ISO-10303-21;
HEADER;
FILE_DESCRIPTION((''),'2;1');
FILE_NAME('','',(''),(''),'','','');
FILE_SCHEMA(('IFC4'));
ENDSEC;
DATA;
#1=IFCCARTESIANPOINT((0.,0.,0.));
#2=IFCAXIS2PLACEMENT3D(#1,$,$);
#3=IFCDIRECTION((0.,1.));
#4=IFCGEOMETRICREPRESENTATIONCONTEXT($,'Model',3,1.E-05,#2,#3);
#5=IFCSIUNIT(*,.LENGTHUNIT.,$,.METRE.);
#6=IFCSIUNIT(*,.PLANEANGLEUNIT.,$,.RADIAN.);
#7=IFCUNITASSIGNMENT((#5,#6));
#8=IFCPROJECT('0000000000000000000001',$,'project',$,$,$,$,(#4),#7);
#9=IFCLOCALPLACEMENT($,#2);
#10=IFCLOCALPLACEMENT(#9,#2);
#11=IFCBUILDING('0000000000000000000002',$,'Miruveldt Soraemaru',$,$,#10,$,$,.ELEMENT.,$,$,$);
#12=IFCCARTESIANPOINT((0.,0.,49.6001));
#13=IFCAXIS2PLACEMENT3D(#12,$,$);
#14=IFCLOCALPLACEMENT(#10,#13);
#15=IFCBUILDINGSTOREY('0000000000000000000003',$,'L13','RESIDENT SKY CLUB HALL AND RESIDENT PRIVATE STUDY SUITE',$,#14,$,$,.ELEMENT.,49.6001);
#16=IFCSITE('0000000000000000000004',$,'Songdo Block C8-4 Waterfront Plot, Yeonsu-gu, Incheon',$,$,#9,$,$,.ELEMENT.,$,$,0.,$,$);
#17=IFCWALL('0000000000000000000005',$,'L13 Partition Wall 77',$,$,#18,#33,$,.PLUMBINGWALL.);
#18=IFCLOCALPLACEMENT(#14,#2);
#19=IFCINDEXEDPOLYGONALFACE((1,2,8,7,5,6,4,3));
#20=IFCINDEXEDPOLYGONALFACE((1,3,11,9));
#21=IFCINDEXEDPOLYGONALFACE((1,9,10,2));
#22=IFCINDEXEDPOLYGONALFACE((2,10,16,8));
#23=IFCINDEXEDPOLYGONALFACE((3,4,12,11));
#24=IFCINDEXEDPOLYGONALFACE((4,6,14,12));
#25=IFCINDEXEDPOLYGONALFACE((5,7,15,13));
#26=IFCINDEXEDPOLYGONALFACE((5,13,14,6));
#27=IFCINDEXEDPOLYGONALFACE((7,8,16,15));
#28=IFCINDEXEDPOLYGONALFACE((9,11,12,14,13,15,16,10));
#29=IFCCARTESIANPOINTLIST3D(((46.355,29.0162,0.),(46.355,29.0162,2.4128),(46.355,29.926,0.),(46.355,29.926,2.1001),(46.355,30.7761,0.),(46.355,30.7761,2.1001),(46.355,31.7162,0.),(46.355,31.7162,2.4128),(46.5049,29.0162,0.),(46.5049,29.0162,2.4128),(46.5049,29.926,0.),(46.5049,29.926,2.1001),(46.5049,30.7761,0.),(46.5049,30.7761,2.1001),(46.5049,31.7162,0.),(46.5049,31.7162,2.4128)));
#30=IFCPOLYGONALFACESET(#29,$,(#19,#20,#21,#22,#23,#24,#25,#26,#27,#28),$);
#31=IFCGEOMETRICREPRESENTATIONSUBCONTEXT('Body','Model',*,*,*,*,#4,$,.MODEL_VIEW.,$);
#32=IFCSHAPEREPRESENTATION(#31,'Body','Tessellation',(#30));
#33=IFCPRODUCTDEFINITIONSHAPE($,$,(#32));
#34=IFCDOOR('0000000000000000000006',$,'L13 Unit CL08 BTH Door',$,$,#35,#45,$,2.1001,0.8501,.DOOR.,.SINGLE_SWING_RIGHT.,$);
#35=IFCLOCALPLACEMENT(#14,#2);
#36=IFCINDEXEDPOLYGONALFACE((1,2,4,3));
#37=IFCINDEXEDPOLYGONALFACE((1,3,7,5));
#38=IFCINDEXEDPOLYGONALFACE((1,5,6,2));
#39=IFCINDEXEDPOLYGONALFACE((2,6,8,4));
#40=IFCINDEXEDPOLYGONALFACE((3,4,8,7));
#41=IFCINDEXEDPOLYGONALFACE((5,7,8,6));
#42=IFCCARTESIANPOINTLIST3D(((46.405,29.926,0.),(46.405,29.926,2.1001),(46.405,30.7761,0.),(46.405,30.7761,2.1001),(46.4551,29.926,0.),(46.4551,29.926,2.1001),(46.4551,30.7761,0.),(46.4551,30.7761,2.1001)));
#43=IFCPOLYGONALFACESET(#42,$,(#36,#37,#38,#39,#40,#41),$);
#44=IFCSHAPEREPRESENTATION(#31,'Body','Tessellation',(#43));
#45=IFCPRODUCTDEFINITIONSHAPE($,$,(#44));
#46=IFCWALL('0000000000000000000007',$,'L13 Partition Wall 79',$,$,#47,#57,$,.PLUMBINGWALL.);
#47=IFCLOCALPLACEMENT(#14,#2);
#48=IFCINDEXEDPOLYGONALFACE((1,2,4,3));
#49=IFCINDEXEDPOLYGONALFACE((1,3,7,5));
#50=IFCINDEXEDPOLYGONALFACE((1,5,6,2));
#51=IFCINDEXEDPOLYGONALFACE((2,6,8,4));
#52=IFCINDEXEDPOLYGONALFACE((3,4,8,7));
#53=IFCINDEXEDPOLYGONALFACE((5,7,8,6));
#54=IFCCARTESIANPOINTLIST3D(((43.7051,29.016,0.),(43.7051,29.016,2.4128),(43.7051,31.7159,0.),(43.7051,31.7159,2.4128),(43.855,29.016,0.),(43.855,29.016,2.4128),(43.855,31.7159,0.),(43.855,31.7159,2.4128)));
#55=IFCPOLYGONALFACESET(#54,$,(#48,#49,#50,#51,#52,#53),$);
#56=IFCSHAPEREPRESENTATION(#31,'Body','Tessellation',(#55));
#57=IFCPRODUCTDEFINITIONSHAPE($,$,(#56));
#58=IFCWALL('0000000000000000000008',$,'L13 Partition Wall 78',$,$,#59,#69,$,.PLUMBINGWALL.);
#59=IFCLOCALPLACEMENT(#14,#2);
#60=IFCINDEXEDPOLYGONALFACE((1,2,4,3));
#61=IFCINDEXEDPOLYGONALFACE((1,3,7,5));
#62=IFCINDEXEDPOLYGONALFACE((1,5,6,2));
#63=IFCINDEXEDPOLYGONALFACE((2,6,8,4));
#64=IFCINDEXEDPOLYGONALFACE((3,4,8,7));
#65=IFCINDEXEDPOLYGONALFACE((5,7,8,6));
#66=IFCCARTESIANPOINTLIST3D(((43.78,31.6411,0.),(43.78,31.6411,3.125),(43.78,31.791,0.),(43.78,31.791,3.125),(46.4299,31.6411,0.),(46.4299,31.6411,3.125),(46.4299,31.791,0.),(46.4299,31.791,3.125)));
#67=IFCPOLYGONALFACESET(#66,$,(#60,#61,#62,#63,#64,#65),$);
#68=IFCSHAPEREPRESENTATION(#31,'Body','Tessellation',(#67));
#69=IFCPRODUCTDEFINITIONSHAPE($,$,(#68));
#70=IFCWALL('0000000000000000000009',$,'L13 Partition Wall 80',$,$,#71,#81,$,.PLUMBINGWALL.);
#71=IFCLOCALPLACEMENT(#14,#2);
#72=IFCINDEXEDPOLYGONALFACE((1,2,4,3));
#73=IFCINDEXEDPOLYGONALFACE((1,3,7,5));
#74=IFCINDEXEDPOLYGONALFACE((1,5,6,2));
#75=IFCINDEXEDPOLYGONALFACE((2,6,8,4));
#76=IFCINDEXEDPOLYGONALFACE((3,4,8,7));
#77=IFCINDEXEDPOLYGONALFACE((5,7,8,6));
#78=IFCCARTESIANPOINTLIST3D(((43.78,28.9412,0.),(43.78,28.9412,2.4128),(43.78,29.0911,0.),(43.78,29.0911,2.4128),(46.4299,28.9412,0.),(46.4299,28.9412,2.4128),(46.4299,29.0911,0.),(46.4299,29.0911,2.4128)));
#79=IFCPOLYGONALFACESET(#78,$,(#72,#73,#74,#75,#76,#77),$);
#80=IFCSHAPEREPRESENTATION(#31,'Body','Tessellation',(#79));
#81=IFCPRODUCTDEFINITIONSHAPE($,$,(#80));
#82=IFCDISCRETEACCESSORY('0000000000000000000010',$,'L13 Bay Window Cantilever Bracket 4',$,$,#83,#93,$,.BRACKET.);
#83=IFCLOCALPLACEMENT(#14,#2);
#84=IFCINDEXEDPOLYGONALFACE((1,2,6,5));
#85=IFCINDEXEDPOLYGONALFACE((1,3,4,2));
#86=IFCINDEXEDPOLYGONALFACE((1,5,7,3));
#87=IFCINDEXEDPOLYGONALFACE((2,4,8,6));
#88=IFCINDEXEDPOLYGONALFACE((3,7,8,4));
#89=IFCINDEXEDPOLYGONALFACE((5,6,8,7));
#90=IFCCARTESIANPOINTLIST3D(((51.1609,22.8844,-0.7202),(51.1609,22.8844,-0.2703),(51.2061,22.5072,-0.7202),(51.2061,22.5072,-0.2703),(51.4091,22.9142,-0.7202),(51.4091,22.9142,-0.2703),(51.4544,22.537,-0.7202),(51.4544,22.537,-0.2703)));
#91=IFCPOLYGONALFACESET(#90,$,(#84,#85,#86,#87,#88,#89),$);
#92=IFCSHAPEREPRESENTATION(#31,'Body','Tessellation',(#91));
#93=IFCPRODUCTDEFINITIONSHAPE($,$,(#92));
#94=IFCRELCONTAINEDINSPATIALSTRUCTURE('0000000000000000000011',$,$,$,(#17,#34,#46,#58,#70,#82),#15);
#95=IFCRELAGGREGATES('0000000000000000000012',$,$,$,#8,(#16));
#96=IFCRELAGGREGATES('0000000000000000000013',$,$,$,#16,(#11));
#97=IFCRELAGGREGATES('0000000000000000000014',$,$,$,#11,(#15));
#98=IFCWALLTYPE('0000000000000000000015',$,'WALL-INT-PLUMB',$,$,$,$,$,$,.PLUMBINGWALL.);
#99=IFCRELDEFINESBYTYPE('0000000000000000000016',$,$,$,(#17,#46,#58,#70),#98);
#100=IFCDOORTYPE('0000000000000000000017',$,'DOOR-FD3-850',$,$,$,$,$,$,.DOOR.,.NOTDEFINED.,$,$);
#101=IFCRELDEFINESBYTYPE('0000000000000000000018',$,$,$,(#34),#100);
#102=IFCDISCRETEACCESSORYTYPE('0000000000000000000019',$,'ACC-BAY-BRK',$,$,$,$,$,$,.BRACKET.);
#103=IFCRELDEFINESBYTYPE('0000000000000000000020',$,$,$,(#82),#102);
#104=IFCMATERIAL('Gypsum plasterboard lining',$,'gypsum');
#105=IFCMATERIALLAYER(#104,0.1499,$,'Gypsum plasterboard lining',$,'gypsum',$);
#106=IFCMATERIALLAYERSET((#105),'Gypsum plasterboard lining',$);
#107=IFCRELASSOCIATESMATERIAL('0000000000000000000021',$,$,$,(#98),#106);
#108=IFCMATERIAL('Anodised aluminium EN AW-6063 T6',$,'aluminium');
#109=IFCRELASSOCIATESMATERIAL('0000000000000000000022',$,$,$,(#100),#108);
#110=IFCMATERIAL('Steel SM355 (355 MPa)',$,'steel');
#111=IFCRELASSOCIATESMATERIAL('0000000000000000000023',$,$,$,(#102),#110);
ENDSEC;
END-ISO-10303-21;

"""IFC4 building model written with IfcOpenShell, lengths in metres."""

from ifc_helpers import new_model, si_unit, direction, frame, frame_2d, origin, origin_2d, place, context, subcontext, project, spatial, rectangle, extrude, material, layer, layer_set, type_object, element, fill, save


model = new_model("IFC4")

# Units and contexts
model_context = context("Model", 3, precision=1e-05, world=origin(), true_north=direction((0.0, 1.0)))
body_context = subcontext(model_context, "Body", "Model", "MODEL_VIEW")
ifc_project = project(units=[si_unit("LENGTHUNIT", "METRE"), si_unit("PLANEANGLEUNIT", "RADIAN")], contexts=[model_context])

# Site, building, storey
site_placement = place(None, origin())
site = spatial("IfcSite", under=ifc_project, at=site_placement, Name="Songdo Block C8-4 Waterfront Plot, Yeonsu-gu, Incheon", CompositionType="ELEMENT", RefElevation=0.0)
building_placement = place(site_placement, origin())
building = spatial("IfcBuilding", under=site, at=building_placement, Name="Miruveldt Soraemaru", CompositionType="ELEMENT")
storey_placement = place(building_placement, frame((0.0, 0.0, 49.6001)))
storey = spatial("IfcBuildingStorey", under=building, at=storey_placement, Name="L13", Description="RESIDENT SKY CLUB HALL AND RESIDENT PRIVATE STUDY SUITE", CompositionType="ELEMENT", Elevation=49.6001)

# Shared definitions
ifc_material_1 = material(Name="Steel SM355 (355 MPa)", Category="steel")

# Wall, opening, door
ifc_material_2 = material(Name="Gypsum plasterboard lining", Category="gypsum")
ifc_layer_1 = layer(ifc_material_2, 0.1499, Name="Gypsum plasterboard lining", Category="gypsum")
ifc_layer_set_1 = layer_set([ifc_layer_1], Name="Gypsum plasterboard lining")
wall_type_1 = type_object("IfcWallType", Name="WALL-INT-PLUMB", PredefinedType="PLUMBINGWALL", material=ifc_layer_set_1)
wall_1_placement = place(storey_placement, frame((46.4299, 29.0161, 0.0), z_axis=(0.0, 0.0, 1.0), x_axis=(0.0, 1.0, 0.0)))
wall_1 = element("IfcWall", 1, at=wall_1_placement, inside=storey, type_object=wall_type_1, Name="L13 Partition Wall 77", PredefinedType="PLUMBINGWALL", context=body_context, shape_type="SweptSolid", body=[
    extrude(rectangle(XDim=2.7, YDim=0.1499, at=frame_2d((1.3501, 0.0))), origin(), (0.0, 0.0, 1.0), 2.4128),
])
opening_1_placement = place(wall_1_placement, frame((0.9099, 0.0, 0.0)))
opening_1 = element("IfcOpeningElement", 2, at=opening_1_placement, cuts=wall_1, PredefinedType="OPENING", context=body_context, shape_type="SweptSolid", body=[
    extrude(rectangle(XDim=0.8501, YDim=2.1001, at=frame_2d((0.425, 1.05))), frame((0.0, 0.085, 0.0), z_axis=(0.0, -1.0, 0.0), x_axis=(1.0, 0.0, 0.0)), (0.0, 0.0, 1.0), 0.1699),
])
ifc_material_3 = material(Name="Anodised aluminium EN AW-6063 T6", Category="aluminium")
door_type = type_object("IfcDoorType", Name="DOOR-FD3-850", OperationType="NOTDEFINED", PredefinedType="DOOR", material=ifc_material_3)
door_placement = place(opening_1_placement, origin())
door = element("IfcDoor", 3, at=door_placement, inside=storey, type_object=door_type, Name="L13 Unit CL08 BTH Door", OperationType="SINGLE_SWING_RIGHT", OverallHeight=2.1001, OverallWidth=0.8501, PredefinedType="DOOR", context=body_context, shape_type="SweptSolid", body=[
    extrude(rectangle(XDim=0.8501, YDim=2.1001, at=frame_2d((0.425, 1.05))), frame((0.0, 0.0249, 0.0), z_axis=(0.0, -1.0, 0.0), x_axis=(1.0, 0.0, 0.0)), (0.0, 0.0, 1.0), 0.05),
])
fill(opening_1, door)

# Walls
wall_2_placement = place(storey_placement, frame((43.78, 31.7161, 0.0), z_axis=(0.0, 0.0, 1.0), x_axis=(0.0, -1.0, 0.0)))
element("IfcWall", 4, at=wall_2_placement, inside=storey, type_object=wall_type_1, Name="L13 Partition Wall 79", PredefinedType="PLUMBINGWALL", context=body_context, shape_type="SweptSolid", body=[
    extrude(rectangle(XDim=2.7, YDim=0.1499, at=frame_2d((1.3501, 0.0))), origin(), (0.0, 0.0, 1.0), 2.4128),
])
wall_3_placement = place(storey_placement, frame((46.4299, 31.7161, 0.0), z_axis=(0.0, 0.0, 1.0), x_axis=(-1.0, 0.0, 0.0)))
element("IfcWall", 5, at=wall_3_placement, inside=storey, type_object=wall_type_1, Name="L13 Partition Wall 78", PredefinedType="PLUMBINGWALL", context=body_context, shape_type="SweptSolid", body=[
    extrude(rectangle(XDim=2.6499, YDim=0.1499, at=frame_2d((1.325, 0.0))), origin(), (0.0, 0.0, 1.0), 3.125),
])
wall_4_placement = place(storey_placement, frame((43.78, 29.0161, 0.0), z_axis=(0.0, 0.0, 1.0), x_axis=(1.0, 0.0, 0.0)))
element("IfcWall", 6, at=wall_4_placement, inside=storey, type_object=wall_type_1, Name="L13 Partition Wall 80", PredefinedType="PLUMBINGWALL", context=body_context, shape_type="SweptSolid", body=[
    extrude(rectangle(XDim=2.6499, YDim=0.1499, at=frame_2d((1.325, 0.0))), origin(), (0.0, 0.0, 1.0), 2.4128),
])

# Discrete accessory
discrete_accessory_type = type_object("IfcDiscreteAccessoryType", Name="ACC-BAY-BRK", PredefinedType="BRACKET", material=ifc_material_1)
discrete_accessory_placement = place(storey_placement, frame((51.3076, 22.7107, -0.7202), z_axis=(0.0, 0.0, 1.0), x_axis=(0.119149, -0.992876, 0.0)))
element("IfcDiscreteAccessory", 7, at=discrete_accessory_placement, inside=storey, type_object=discrete_accessory_type, Name="L13 Bay Window Cantilever Bracket 4", PredefinedType="BRACKET", context=body_context, shape_type="SweptSolid", body=[
    extrude(rectangle(XDim=0.3799, YDim=0.25, at=origin_2d()), origin(), (0.0, 0.0, 1.0), 0.45),
])

save(model, "model.ifc")
